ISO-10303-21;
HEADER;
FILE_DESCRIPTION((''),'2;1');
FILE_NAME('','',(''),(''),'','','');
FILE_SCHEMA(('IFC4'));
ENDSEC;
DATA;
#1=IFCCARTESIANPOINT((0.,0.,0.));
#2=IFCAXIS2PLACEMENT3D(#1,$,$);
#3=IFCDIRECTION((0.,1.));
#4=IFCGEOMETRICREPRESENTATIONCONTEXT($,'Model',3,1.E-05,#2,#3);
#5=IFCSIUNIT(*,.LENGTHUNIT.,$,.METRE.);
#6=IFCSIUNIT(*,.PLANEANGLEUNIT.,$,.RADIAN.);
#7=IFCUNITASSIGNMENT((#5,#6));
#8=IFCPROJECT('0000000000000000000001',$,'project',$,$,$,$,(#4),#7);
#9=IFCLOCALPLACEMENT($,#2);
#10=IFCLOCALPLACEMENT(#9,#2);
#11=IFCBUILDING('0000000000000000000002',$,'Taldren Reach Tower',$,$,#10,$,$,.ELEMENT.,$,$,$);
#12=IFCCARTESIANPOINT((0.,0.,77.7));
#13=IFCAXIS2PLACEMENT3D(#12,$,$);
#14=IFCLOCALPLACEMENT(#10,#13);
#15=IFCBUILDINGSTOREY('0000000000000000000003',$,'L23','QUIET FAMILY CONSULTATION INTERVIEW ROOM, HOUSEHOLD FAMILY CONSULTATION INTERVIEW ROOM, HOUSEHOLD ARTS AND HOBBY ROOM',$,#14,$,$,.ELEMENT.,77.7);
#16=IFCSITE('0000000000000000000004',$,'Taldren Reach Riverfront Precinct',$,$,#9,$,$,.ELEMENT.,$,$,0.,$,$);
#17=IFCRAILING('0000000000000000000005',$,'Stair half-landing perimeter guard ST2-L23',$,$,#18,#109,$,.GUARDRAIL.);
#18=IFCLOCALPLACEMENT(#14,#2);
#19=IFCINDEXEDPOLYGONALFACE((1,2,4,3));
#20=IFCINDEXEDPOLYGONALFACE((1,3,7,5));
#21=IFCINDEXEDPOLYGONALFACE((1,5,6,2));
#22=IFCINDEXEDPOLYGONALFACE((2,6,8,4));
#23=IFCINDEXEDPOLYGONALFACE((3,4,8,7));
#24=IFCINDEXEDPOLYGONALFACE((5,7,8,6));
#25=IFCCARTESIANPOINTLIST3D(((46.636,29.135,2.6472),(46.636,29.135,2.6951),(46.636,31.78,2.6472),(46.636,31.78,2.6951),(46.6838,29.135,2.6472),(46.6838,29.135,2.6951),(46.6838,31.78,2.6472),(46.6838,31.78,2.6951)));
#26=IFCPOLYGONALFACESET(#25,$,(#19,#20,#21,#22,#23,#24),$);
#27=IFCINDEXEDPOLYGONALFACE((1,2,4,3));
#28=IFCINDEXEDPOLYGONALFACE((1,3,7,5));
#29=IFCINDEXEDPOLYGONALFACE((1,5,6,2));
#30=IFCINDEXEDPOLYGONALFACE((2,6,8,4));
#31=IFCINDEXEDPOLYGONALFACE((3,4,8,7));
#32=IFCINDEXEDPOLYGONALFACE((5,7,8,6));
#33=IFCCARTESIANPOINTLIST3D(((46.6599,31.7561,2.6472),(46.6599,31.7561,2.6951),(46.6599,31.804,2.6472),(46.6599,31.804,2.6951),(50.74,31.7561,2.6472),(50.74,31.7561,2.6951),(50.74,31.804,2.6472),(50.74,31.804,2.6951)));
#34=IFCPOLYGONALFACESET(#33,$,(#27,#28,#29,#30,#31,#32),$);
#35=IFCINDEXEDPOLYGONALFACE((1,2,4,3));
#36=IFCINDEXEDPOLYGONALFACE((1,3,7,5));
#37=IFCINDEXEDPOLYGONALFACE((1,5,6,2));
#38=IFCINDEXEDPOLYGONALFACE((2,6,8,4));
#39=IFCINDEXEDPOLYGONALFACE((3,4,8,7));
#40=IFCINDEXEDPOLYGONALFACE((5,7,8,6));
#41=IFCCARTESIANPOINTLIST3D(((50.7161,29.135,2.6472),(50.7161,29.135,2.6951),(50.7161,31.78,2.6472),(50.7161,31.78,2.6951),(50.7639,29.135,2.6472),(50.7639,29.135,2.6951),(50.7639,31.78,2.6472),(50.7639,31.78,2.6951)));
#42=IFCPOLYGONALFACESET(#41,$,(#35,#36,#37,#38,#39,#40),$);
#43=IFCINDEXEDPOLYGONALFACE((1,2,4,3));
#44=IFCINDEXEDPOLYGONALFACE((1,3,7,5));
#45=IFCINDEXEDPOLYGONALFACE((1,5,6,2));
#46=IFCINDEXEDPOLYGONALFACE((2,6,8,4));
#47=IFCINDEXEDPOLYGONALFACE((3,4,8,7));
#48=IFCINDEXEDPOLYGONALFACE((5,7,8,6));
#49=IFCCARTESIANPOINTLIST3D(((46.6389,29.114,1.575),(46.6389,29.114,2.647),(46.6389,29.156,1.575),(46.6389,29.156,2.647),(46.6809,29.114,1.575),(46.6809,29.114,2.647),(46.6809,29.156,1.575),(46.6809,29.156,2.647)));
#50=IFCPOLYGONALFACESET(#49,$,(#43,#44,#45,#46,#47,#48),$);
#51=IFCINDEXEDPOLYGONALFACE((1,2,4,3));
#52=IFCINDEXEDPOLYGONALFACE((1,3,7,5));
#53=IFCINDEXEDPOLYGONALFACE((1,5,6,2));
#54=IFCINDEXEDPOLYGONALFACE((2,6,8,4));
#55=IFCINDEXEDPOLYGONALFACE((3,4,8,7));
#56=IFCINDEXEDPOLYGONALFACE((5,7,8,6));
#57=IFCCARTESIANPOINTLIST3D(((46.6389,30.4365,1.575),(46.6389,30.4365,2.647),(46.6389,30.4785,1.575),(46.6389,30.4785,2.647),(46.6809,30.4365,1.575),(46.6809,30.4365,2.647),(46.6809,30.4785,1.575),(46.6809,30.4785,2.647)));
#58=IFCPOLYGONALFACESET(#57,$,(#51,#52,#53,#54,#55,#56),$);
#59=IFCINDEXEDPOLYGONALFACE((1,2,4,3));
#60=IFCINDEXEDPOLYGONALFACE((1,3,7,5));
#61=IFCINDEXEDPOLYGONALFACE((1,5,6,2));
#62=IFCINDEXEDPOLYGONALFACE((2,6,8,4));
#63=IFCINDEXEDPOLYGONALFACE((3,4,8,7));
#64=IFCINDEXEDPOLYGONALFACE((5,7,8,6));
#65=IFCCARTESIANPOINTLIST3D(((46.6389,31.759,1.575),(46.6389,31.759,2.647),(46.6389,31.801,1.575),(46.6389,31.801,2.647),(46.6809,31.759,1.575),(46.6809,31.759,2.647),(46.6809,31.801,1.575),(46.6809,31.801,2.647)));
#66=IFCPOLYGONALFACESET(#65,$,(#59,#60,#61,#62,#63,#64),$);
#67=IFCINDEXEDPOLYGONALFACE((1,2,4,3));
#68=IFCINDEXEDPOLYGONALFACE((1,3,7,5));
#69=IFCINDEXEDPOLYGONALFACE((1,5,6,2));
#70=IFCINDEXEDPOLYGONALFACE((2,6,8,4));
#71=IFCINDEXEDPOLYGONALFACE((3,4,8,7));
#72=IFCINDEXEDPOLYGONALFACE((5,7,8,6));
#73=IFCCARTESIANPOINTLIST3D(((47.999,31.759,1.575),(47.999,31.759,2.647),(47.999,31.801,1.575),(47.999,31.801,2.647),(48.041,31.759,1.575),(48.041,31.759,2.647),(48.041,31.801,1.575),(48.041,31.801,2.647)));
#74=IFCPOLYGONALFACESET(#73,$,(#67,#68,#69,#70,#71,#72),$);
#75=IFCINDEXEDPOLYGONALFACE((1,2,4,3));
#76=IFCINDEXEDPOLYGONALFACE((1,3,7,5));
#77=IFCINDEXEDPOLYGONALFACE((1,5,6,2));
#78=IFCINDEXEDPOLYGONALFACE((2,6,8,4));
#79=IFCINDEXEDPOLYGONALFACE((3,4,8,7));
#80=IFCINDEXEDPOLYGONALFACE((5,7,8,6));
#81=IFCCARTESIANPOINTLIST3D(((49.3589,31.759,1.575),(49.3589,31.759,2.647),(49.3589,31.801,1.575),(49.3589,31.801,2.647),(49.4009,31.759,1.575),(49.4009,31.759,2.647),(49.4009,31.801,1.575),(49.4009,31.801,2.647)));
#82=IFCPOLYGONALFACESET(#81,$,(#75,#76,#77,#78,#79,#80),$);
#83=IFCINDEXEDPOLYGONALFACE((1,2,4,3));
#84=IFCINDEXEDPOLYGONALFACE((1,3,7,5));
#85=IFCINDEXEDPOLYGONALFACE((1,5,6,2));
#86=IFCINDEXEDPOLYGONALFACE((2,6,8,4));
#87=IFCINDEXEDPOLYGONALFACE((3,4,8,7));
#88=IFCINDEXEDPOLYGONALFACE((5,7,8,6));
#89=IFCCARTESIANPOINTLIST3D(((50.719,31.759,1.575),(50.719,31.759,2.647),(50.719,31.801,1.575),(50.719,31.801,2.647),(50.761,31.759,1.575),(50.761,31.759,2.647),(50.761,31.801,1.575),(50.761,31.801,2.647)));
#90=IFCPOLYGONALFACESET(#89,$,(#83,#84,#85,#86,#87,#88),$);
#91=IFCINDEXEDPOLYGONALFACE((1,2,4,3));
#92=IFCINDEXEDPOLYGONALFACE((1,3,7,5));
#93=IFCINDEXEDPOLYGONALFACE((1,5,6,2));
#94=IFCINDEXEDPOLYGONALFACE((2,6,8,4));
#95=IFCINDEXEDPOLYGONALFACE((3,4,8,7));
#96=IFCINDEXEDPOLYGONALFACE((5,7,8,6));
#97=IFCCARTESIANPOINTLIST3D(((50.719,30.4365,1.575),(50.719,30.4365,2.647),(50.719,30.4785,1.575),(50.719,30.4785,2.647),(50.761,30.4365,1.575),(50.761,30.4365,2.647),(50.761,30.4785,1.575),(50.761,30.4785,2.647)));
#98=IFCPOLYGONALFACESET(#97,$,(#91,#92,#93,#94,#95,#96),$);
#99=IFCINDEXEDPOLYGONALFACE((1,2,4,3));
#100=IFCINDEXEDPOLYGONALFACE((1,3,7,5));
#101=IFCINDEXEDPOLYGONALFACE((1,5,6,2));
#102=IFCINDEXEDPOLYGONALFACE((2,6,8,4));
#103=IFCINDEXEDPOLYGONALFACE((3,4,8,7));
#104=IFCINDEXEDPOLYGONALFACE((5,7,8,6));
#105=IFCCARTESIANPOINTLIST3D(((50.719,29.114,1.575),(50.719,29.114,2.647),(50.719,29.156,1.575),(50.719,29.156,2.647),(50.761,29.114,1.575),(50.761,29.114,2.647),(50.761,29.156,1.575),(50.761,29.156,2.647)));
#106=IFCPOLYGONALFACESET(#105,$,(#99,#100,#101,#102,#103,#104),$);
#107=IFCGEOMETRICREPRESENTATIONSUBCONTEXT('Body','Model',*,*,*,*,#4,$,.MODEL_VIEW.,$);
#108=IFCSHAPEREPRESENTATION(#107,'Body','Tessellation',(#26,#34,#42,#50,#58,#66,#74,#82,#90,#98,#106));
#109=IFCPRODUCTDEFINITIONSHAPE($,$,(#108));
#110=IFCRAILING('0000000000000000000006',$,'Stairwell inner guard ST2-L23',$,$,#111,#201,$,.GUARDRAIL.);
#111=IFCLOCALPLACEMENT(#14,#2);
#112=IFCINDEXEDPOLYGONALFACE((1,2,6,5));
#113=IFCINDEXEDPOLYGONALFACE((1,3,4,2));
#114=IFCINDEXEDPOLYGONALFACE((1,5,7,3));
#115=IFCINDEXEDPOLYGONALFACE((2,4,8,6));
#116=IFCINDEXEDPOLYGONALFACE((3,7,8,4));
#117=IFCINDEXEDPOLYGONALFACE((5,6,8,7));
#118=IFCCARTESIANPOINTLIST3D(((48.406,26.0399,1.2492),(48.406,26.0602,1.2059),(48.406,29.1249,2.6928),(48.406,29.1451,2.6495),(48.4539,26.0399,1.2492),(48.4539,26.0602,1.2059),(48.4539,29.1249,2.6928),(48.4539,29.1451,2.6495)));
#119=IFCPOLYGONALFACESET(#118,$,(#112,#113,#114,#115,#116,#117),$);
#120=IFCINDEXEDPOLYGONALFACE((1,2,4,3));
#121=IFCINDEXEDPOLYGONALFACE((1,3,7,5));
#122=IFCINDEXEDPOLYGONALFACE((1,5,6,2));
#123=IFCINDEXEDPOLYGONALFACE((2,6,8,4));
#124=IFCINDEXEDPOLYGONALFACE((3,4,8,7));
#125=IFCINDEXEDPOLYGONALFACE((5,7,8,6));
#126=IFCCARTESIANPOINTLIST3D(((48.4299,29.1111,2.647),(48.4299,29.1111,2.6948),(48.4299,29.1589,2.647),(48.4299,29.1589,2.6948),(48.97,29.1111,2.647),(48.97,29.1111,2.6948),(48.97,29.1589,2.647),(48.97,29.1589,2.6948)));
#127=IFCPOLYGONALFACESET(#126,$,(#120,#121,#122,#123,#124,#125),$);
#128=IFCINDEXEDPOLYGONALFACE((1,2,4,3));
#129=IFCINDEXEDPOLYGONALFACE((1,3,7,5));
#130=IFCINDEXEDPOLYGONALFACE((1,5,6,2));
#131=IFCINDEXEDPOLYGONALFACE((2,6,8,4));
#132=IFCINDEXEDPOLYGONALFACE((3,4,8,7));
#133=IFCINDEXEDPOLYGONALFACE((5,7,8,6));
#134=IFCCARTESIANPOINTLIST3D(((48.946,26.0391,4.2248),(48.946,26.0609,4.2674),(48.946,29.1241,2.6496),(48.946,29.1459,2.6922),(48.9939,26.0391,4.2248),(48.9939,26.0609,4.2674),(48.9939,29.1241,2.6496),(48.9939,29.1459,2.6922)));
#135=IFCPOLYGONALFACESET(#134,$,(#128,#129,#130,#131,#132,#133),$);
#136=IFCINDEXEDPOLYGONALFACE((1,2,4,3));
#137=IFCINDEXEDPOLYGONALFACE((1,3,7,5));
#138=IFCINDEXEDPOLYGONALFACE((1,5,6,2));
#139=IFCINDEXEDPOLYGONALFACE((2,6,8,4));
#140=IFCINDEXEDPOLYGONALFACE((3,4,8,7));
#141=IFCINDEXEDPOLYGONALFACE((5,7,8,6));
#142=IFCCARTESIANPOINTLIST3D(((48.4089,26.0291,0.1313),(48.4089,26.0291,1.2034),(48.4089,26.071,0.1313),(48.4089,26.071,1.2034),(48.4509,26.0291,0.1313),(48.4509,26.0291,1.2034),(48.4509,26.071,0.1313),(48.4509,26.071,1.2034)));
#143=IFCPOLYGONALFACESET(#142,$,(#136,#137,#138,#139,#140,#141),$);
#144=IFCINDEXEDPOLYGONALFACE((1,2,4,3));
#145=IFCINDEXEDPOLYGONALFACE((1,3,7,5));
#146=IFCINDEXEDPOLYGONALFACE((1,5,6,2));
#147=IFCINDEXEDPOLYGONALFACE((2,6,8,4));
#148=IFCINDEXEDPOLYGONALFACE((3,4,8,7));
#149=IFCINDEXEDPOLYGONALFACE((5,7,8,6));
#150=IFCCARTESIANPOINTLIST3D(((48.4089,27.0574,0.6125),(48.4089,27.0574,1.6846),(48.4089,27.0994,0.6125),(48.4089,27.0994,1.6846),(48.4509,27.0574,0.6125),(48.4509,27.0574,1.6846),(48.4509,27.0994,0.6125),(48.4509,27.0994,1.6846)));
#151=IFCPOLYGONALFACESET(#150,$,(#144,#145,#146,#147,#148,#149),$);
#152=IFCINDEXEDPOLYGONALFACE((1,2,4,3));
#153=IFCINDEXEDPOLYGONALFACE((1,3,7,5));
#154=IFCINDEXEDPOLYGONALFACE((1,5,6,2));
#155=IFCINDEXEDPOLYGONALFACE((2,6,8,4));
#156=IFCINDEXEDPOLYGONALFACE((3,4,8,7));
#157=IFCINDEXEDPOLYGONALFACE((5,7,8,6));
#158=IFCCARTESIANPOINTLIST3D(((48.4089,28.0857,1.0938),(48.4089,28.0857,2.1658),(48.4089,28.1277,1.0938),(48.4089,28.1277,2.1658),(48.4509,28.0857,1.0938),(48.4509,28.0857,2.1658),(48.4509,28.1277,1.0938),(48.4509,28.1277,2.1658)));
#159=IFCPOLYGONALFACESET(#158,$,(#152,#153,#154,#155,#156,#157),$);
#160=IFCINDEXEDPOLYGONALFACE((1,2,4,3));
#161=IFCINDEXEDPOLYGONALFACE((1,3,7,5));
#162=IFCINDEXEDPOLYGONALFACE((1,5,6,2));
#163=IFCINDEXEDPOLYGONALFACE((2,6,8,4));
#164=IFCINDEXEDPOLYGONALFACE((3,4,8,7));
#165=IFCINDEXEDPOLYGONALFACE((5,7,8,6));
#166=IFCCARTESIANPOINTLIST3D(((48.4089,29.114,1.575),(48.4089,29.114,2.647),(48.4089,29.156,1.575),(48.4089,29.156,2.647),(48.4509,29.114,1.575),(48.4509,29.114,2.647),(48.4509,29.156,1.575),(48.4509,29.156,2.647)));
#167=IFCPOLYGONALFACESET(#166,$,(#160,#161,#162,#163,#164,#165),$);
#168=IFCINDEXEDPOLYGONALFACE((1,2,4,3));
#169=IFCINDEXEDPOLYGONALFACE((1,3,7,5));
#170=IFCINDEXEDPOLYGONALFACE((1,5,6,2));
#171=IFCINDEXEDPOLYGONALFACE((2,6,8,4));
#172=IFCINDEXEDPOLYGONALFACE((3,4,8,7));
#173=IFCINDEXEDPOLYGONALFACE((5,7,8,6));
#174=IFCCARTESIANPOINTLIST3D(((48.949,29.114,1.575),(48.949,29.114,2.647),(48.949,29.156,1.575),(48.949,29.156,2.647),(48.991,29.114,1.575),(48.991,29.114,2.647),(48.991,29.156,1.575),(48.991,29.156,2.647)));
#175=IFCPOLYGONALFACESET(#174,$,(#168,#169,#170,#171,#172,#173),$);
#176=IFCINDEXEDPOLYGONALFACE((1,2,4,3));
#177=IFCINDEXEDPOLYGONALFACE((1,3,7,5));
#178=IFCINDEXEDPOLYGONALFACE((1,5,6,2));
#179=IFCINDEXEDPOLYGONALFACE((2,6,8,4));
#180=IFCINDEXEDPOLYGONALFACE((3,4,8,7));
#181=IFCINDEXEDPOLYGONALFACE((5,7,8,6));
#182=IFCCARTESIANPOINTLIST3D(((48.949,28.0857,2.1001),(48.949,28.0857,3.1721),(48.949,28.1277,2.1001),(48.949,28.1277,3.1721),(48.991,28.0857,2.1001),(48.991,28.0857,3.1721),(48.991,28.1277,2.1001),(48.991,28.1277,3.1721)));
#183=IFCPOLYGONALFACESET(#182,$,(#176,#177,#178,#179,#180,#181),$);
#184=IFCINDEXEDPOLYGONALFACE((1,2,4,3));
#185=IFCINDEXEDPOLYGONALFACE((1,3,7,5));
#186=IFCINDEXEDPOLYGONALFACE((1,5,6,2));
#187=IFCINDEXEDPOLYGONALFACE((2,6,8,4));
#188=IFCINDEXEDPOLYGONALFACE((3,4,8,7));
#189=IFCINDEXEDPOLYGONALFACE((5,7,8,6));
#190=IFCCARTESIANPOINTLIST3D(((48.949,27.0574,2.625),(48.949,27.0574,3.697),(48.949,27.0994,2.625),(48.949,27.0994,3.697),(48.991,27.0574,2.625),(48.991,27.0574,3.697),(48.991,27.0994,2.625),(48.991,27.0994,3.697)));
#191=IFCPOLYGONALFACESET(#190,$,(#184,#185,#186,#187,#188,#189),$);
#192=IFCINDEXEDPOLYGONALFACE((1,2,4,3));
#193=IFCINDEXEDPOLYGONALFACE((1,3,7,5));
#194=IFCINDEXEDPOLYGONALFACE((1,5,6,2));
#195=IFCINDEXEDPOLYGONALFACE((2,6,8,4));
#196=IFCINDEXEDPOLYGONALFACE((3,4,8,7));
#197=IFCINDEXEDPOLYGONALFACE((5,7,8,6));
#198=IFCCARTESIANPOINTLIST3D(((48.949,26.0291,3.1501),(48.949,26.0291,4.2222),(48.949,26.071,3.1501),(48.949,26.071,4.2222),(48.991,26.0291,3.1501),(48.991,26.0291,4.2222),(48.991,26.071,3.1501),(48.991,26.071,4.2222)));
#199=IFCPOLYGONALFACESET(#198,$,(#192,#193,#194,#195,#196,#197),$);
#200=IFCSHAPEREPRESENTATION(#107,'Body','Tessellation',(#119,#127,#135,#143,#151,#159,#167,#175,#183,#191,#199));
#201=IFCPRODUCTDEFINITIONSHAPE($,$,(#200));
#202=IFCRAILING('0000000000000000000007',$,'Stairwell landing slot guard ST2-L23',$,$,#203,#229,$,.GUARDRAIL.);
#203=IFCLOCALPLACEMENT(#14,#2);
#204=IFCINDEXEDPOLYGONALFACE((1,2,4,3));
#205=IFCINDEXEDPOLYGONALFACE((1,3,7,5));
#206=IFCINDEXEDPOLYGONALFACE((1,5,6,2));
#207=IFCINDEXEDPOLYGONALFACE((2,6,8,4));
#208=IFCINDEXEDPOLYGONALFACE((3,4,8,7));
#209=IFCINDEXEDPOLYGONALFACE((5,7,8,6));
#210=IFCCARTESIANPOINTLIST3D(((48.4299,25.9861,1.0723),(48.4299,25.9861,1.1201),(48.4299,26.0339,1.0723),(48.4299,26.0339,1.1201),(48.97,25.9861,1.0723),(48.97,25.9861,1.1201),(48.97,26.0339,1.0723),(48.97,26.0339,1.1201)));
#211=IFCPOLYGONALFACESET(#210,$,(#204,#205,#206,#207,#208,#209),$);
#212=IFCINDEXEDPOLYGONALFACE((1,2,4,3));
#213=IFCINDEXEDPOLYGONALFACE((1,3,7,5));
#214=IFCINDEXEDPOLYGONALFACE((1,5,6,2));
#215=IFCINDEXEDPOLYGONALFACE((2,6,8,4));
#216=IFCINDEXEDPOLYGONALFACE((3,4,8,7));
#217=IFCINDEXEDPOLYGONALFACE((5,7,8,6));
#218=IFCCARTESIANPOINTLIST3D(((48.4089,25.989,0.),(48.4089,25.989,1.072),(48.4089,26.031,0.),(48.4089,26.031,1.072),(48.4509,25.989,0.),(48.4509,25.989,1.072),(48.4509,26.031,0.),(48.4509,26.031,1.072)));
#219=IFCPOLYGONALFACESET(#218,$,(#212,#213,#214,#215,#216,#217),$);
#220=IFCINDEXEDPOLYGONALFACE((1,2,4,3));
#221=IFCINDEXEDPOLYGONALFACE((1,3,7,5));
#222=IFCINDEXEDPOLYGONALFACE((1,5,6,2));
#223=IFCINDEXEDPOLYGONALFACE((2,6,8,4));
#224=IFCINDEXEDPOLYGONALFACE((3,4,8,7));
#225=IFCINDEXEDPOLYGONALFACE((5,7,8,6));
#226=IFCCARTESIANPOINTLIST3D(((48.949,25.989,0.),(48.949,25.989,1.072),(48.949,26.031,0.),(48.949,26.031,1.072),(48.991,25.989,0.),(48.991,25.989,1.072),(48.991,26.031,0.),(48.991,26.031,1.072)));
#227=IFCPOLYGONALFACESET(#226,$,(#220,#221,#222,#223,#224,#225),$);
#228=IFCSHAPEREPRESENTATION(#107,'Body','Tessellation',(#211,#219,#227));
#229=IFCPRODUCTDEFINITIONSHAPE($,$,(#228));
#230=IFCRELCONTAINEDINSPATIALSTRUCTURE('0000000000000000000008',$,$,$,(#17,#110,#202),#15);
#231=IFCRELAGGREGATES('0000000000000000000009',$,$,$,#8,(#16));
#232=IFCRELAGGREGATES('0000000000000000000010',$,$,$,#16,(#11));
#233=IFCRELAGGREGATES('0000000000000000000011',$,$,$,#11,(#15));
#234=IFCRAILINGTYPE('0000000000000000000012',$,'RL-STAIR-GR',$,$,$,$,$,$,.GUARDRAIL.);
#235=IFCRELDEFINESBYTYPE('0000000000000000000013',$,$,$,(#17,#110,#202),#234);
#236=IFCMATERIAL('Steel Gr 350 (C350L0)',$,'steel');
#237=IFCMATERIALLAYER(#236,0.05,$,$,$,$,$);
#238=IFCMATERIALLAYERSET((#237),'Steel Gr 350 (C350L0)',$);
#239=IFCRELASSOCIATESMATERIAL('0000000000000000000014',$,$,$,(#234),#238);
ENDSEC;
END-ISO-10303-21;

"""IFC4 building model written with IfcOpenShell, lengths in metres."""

from ifc_helpers import new_model, si_unit, direction, frame, origin, origin_2d, place, context, subcontext, project, spatial, rectangle, extrude, material, layer, layer_set, type_object, element, save


model = new_model("IFC4")

# Units and contexts
model_context = context("Model", 3, precision=1e-05, world=origin(), true_north=direction((0.0, 1.0)))
body_context = subcontext(model_context, "Body", "Model", "MODEL_VIEW")
ifc_project = project(units=[si_unit("LENGTHUNIT", "METRE"), si_unit("PLANEANGLEUNIT", "RADIAN")], contexts=[model_context])

# Site, building, storey
site_placement = place(None, origin())
site = spatial("IfcSite", under=ifc_project, at=site_placement, Name="Taldren Reach Riverfront Precinct", CompositionType="ELEMENT", RefElevation=0.0)
building_placement = place(site_placement, origin())
building = spatial("IfcBuilding", under=site, at=building_placement, Name="Taldren Reach Tower", CompositionType="ELEMENT")
storey_placement = place(building_placement, frame((0.0, 0.0, 77.7)))
storey = spatial("IfcBuildingStorey", under=building, at=storey_placement, Name="L23", Description="QUIET FAMILY CONSULTATION INTERVIEW ROOM, HOUSEHOLD FAMILY CONSULTATION INTERVIEW ROOM, HOUSEHOLD ARTS AND HOBBY ROOM", CompositionType="ELEMENT", Elevation=77.7)

# Shared definitions
ifc_material_1 = material(Name="Steel Gr 350 (C350L0)", Category="steel")

# Railings
ifc_layer_1 = layer(ifc_material_1, 0.05)
ifc_layer_set_1 = layer_set([ifc_layer_1], Name="Steel Gr 350 (C350L0)")
railing_type_1 = type_object("IfcRailingType", Name="RL-STAIR-GR", PredefinedType="GUARDRAIL", material=ifc_layer_set_1)
railing_1_placement = place(storey_placement, frame((46.6599, 29.135, 1.575)))
element("IfcRailing", 1, at=railing_1_placement, inside=storey, type_object=railing_type_1, Name="Stair half-landing perimeter guard ST2-L23", PredefinedType="GUARDRAIL", context=body_context, shape_type="SweptSolid", body=[
    extrude(rectangle(XDim=0.0479, YDim=0.0479, at=origin_2d()), frame((0.0, 0.0, 1.0962), z_axis=(0.0, 1.0, 0.0), x_axis=(-1.0, 0.0, 0.0)), (0.0, 0.0, 1.0), 2.645),
    extrude(rectangle(XDim=0.0479, YDim=0.0479, at=origin_2d()), frame((0.0, 2.645, 1.0962), z_axis=(1.0, 0.0, 0.0), x_axis=(0.0, 1.0, 0.0)), (0.0, 0.0, 1.0), 4.0801),
    extrude(rectangle(XDim=0.0479, YDim=0.0479, at=origin_2d()), frame((4.0801, 2.645, 1.0962), z_axis=(0.0, -1.0, 0.0), x_axis=(1.0, 0.0, 0.0)), (0.0, 0.0, 1.0), 2.645),
    extrude(rectangle(XDim=0.042, YDim=0.042, at=origin_2d()), origin(), (0.0, 0.0, 1.0), 1.072),
    extrude(rectangle(XDim=0.042, YDim=0.042, at=origin_2d()), frame((0.0, 1.3225, 0.0)), (0.0, 0.0, 1.0), 1.072),
    extrude(rectangle(XDim=0.042, YDim=0.042, at=origin_2d()), frame((0.0, 2.645, 0.0)), (0.0, 0.0, 1.0), 1.072),
    extrude(rectangle(XDim=0.042, YDim=0.042, at=origin_2d()), frame((1.3601, 2.645, 0.0)), (0.0, 0.0, 1.0), 1.072),
    extrude(rectangle(XDim=0.042, YDim=0.042, at=origin_2d()), frame((2.72, 2.645, 0.0)), (0.0, 0.0, 1.0), 1.072),
    extrude(rectangle(XDim=0.042, YDim=0.042, at=origin_2d()), frame((4.0801, 2.645, 0.0)), (0.0, 0.0, 1.0), 1.072),
    extrude(rectangle(XDim=0.042, YDim=0.042, at=origin_2d()), frame((4.0801, 1.3225, 0.0)), (0.0, 0.0, 1.0), 1.072),
    extrude(rectangle(XDim=0.042, YDim=0.042, at=origin_2d()), frame((4.0801, 0.0, 0.0)), (0.0, 0.0, 1.0), 1.072),
])
railing_2_placement = place(storey_placement, frame((48.4299, 26.05, 0.1313)))
element("IfcRailing", 2, at=railing_2_placement, inside=storey, type_object=railing_type_1, Name="Stairwell inner guard ST2-L23", PredefinedType="GUARDRAIL", context=body_context, shape_type="SweptSolid", body=[
    extrude(rectangle(XDim=0.0479, YDim=0.0479, at=origin_2d()), frame((0.0, 0.0, 1.0962), z_axis=(0.0, 0.905738, 0.423839), x_axis=(-1.0, 0.0, 0.0)), (0.0, 0.0, 1.0), 3.406),
    extrude(rectangle(XDim=0.0479, YDim=0.0479, at=origin_2d()), frame((0.0, 3.085, 2.5396), z_axis=(1.0, 0.0, 0.0), x_axis=(0.0, 1.0, 0.0)), (0.0, 0.0, 1.0), 0.54),
    extrude(rectangle(XDim=0.0479, YDim=0.0479, at=origin_2d()), frame((0.54, 3.085, 2.5396), z_axis=(0.0, -0.890617, 0.454753), x_axis=(1.0, 0.0, 0.0)), (0.0, 0.0, 1.0), 3.4639),
    extrude(rectangle(XDim=0.042, YDim=0.042, at=origin_2d()), origin(), (0.0, 0.0, 1.0), 1.072),
    extrude(rectangle(XDim=0.042, YDim=0.042, at=origin_2d()), frame((0.0, 1.0283, 0.4812)), (0.0, 0.0, 1.0), 1.072),
    extrude(rectangle(XDim=0.042, YDim=0.042, at=origin_2d()), frame((0.0, 2.0566, 0.9624)), (0.0, 0.0, 1.0), 1.072),
    extrude(rectangle(XDim=0.042, YDim=0.042, at=origin_2d()), frame((0.0, 3.085, 1.4436)), (0.0, 0.0, 1.0), 1.072),
    extrude(rectangle(XDim=0.042, YDim=0.042, at=origin_2d()), frame((0.54, 3.085, 1.4436)), (0.0, 0.0, 1.0), 1.072),
    extrude(rectangle(XDim=0.042, YDim=0.042, at=origin_2d()), frame((0.54, 2.0566, 1.9688)), (0.0, 0.0, 1.0), 1.072),
    extrude(rectangle(XDim=0.042, YDim=0.042, at=origin_2d()), frame((0.54, 1.0283, 2.4937)), (0.0, 0.0, 1.0), 1.072),
    extrude(rectangle(XDim=0.042, YDim=0.042, at=origin_2d()), frame((0.54, 0.0, 3.0188)), (0.0, 0.0, 1.0), 1.072),
])
railing_3_placement = place(storey_placement, frame((48.4299, 26.01, 0.0)))
element("IfcRailing", 3, at=railing_3_placement, inside=storey, type_object=railing_type_1, Name="Stairwell landing slot guard ST2-L23", PredefinedType="GUARDRAIL", context=body_context, shape_type="SweptSolid", body=[
    extrude(rectangle(XDim=0.0479, YDim=0.0479, at=origin_2d()), frame((0.0, 0.0, 1.0962), z_axis=(1.0, 0.0, 0.0), x_axis=(0.0, 1.0, 0.0)), (0.0, 0.0, 1.0), 0.54),
    extrude(rectangle(XDim=0.042, YDim=0.042, at=origin_2d()), origin(), (0.0, 0.0, 1.0), 1.072),
    extrude(rectangle(XDim=0.042, YDim=0.042, at=origin_2d()), frame((0.54, 0.0, 0.0)), (0.0, 0.0, 1.0), 1.072),
])

save(model, "model.ifc")
